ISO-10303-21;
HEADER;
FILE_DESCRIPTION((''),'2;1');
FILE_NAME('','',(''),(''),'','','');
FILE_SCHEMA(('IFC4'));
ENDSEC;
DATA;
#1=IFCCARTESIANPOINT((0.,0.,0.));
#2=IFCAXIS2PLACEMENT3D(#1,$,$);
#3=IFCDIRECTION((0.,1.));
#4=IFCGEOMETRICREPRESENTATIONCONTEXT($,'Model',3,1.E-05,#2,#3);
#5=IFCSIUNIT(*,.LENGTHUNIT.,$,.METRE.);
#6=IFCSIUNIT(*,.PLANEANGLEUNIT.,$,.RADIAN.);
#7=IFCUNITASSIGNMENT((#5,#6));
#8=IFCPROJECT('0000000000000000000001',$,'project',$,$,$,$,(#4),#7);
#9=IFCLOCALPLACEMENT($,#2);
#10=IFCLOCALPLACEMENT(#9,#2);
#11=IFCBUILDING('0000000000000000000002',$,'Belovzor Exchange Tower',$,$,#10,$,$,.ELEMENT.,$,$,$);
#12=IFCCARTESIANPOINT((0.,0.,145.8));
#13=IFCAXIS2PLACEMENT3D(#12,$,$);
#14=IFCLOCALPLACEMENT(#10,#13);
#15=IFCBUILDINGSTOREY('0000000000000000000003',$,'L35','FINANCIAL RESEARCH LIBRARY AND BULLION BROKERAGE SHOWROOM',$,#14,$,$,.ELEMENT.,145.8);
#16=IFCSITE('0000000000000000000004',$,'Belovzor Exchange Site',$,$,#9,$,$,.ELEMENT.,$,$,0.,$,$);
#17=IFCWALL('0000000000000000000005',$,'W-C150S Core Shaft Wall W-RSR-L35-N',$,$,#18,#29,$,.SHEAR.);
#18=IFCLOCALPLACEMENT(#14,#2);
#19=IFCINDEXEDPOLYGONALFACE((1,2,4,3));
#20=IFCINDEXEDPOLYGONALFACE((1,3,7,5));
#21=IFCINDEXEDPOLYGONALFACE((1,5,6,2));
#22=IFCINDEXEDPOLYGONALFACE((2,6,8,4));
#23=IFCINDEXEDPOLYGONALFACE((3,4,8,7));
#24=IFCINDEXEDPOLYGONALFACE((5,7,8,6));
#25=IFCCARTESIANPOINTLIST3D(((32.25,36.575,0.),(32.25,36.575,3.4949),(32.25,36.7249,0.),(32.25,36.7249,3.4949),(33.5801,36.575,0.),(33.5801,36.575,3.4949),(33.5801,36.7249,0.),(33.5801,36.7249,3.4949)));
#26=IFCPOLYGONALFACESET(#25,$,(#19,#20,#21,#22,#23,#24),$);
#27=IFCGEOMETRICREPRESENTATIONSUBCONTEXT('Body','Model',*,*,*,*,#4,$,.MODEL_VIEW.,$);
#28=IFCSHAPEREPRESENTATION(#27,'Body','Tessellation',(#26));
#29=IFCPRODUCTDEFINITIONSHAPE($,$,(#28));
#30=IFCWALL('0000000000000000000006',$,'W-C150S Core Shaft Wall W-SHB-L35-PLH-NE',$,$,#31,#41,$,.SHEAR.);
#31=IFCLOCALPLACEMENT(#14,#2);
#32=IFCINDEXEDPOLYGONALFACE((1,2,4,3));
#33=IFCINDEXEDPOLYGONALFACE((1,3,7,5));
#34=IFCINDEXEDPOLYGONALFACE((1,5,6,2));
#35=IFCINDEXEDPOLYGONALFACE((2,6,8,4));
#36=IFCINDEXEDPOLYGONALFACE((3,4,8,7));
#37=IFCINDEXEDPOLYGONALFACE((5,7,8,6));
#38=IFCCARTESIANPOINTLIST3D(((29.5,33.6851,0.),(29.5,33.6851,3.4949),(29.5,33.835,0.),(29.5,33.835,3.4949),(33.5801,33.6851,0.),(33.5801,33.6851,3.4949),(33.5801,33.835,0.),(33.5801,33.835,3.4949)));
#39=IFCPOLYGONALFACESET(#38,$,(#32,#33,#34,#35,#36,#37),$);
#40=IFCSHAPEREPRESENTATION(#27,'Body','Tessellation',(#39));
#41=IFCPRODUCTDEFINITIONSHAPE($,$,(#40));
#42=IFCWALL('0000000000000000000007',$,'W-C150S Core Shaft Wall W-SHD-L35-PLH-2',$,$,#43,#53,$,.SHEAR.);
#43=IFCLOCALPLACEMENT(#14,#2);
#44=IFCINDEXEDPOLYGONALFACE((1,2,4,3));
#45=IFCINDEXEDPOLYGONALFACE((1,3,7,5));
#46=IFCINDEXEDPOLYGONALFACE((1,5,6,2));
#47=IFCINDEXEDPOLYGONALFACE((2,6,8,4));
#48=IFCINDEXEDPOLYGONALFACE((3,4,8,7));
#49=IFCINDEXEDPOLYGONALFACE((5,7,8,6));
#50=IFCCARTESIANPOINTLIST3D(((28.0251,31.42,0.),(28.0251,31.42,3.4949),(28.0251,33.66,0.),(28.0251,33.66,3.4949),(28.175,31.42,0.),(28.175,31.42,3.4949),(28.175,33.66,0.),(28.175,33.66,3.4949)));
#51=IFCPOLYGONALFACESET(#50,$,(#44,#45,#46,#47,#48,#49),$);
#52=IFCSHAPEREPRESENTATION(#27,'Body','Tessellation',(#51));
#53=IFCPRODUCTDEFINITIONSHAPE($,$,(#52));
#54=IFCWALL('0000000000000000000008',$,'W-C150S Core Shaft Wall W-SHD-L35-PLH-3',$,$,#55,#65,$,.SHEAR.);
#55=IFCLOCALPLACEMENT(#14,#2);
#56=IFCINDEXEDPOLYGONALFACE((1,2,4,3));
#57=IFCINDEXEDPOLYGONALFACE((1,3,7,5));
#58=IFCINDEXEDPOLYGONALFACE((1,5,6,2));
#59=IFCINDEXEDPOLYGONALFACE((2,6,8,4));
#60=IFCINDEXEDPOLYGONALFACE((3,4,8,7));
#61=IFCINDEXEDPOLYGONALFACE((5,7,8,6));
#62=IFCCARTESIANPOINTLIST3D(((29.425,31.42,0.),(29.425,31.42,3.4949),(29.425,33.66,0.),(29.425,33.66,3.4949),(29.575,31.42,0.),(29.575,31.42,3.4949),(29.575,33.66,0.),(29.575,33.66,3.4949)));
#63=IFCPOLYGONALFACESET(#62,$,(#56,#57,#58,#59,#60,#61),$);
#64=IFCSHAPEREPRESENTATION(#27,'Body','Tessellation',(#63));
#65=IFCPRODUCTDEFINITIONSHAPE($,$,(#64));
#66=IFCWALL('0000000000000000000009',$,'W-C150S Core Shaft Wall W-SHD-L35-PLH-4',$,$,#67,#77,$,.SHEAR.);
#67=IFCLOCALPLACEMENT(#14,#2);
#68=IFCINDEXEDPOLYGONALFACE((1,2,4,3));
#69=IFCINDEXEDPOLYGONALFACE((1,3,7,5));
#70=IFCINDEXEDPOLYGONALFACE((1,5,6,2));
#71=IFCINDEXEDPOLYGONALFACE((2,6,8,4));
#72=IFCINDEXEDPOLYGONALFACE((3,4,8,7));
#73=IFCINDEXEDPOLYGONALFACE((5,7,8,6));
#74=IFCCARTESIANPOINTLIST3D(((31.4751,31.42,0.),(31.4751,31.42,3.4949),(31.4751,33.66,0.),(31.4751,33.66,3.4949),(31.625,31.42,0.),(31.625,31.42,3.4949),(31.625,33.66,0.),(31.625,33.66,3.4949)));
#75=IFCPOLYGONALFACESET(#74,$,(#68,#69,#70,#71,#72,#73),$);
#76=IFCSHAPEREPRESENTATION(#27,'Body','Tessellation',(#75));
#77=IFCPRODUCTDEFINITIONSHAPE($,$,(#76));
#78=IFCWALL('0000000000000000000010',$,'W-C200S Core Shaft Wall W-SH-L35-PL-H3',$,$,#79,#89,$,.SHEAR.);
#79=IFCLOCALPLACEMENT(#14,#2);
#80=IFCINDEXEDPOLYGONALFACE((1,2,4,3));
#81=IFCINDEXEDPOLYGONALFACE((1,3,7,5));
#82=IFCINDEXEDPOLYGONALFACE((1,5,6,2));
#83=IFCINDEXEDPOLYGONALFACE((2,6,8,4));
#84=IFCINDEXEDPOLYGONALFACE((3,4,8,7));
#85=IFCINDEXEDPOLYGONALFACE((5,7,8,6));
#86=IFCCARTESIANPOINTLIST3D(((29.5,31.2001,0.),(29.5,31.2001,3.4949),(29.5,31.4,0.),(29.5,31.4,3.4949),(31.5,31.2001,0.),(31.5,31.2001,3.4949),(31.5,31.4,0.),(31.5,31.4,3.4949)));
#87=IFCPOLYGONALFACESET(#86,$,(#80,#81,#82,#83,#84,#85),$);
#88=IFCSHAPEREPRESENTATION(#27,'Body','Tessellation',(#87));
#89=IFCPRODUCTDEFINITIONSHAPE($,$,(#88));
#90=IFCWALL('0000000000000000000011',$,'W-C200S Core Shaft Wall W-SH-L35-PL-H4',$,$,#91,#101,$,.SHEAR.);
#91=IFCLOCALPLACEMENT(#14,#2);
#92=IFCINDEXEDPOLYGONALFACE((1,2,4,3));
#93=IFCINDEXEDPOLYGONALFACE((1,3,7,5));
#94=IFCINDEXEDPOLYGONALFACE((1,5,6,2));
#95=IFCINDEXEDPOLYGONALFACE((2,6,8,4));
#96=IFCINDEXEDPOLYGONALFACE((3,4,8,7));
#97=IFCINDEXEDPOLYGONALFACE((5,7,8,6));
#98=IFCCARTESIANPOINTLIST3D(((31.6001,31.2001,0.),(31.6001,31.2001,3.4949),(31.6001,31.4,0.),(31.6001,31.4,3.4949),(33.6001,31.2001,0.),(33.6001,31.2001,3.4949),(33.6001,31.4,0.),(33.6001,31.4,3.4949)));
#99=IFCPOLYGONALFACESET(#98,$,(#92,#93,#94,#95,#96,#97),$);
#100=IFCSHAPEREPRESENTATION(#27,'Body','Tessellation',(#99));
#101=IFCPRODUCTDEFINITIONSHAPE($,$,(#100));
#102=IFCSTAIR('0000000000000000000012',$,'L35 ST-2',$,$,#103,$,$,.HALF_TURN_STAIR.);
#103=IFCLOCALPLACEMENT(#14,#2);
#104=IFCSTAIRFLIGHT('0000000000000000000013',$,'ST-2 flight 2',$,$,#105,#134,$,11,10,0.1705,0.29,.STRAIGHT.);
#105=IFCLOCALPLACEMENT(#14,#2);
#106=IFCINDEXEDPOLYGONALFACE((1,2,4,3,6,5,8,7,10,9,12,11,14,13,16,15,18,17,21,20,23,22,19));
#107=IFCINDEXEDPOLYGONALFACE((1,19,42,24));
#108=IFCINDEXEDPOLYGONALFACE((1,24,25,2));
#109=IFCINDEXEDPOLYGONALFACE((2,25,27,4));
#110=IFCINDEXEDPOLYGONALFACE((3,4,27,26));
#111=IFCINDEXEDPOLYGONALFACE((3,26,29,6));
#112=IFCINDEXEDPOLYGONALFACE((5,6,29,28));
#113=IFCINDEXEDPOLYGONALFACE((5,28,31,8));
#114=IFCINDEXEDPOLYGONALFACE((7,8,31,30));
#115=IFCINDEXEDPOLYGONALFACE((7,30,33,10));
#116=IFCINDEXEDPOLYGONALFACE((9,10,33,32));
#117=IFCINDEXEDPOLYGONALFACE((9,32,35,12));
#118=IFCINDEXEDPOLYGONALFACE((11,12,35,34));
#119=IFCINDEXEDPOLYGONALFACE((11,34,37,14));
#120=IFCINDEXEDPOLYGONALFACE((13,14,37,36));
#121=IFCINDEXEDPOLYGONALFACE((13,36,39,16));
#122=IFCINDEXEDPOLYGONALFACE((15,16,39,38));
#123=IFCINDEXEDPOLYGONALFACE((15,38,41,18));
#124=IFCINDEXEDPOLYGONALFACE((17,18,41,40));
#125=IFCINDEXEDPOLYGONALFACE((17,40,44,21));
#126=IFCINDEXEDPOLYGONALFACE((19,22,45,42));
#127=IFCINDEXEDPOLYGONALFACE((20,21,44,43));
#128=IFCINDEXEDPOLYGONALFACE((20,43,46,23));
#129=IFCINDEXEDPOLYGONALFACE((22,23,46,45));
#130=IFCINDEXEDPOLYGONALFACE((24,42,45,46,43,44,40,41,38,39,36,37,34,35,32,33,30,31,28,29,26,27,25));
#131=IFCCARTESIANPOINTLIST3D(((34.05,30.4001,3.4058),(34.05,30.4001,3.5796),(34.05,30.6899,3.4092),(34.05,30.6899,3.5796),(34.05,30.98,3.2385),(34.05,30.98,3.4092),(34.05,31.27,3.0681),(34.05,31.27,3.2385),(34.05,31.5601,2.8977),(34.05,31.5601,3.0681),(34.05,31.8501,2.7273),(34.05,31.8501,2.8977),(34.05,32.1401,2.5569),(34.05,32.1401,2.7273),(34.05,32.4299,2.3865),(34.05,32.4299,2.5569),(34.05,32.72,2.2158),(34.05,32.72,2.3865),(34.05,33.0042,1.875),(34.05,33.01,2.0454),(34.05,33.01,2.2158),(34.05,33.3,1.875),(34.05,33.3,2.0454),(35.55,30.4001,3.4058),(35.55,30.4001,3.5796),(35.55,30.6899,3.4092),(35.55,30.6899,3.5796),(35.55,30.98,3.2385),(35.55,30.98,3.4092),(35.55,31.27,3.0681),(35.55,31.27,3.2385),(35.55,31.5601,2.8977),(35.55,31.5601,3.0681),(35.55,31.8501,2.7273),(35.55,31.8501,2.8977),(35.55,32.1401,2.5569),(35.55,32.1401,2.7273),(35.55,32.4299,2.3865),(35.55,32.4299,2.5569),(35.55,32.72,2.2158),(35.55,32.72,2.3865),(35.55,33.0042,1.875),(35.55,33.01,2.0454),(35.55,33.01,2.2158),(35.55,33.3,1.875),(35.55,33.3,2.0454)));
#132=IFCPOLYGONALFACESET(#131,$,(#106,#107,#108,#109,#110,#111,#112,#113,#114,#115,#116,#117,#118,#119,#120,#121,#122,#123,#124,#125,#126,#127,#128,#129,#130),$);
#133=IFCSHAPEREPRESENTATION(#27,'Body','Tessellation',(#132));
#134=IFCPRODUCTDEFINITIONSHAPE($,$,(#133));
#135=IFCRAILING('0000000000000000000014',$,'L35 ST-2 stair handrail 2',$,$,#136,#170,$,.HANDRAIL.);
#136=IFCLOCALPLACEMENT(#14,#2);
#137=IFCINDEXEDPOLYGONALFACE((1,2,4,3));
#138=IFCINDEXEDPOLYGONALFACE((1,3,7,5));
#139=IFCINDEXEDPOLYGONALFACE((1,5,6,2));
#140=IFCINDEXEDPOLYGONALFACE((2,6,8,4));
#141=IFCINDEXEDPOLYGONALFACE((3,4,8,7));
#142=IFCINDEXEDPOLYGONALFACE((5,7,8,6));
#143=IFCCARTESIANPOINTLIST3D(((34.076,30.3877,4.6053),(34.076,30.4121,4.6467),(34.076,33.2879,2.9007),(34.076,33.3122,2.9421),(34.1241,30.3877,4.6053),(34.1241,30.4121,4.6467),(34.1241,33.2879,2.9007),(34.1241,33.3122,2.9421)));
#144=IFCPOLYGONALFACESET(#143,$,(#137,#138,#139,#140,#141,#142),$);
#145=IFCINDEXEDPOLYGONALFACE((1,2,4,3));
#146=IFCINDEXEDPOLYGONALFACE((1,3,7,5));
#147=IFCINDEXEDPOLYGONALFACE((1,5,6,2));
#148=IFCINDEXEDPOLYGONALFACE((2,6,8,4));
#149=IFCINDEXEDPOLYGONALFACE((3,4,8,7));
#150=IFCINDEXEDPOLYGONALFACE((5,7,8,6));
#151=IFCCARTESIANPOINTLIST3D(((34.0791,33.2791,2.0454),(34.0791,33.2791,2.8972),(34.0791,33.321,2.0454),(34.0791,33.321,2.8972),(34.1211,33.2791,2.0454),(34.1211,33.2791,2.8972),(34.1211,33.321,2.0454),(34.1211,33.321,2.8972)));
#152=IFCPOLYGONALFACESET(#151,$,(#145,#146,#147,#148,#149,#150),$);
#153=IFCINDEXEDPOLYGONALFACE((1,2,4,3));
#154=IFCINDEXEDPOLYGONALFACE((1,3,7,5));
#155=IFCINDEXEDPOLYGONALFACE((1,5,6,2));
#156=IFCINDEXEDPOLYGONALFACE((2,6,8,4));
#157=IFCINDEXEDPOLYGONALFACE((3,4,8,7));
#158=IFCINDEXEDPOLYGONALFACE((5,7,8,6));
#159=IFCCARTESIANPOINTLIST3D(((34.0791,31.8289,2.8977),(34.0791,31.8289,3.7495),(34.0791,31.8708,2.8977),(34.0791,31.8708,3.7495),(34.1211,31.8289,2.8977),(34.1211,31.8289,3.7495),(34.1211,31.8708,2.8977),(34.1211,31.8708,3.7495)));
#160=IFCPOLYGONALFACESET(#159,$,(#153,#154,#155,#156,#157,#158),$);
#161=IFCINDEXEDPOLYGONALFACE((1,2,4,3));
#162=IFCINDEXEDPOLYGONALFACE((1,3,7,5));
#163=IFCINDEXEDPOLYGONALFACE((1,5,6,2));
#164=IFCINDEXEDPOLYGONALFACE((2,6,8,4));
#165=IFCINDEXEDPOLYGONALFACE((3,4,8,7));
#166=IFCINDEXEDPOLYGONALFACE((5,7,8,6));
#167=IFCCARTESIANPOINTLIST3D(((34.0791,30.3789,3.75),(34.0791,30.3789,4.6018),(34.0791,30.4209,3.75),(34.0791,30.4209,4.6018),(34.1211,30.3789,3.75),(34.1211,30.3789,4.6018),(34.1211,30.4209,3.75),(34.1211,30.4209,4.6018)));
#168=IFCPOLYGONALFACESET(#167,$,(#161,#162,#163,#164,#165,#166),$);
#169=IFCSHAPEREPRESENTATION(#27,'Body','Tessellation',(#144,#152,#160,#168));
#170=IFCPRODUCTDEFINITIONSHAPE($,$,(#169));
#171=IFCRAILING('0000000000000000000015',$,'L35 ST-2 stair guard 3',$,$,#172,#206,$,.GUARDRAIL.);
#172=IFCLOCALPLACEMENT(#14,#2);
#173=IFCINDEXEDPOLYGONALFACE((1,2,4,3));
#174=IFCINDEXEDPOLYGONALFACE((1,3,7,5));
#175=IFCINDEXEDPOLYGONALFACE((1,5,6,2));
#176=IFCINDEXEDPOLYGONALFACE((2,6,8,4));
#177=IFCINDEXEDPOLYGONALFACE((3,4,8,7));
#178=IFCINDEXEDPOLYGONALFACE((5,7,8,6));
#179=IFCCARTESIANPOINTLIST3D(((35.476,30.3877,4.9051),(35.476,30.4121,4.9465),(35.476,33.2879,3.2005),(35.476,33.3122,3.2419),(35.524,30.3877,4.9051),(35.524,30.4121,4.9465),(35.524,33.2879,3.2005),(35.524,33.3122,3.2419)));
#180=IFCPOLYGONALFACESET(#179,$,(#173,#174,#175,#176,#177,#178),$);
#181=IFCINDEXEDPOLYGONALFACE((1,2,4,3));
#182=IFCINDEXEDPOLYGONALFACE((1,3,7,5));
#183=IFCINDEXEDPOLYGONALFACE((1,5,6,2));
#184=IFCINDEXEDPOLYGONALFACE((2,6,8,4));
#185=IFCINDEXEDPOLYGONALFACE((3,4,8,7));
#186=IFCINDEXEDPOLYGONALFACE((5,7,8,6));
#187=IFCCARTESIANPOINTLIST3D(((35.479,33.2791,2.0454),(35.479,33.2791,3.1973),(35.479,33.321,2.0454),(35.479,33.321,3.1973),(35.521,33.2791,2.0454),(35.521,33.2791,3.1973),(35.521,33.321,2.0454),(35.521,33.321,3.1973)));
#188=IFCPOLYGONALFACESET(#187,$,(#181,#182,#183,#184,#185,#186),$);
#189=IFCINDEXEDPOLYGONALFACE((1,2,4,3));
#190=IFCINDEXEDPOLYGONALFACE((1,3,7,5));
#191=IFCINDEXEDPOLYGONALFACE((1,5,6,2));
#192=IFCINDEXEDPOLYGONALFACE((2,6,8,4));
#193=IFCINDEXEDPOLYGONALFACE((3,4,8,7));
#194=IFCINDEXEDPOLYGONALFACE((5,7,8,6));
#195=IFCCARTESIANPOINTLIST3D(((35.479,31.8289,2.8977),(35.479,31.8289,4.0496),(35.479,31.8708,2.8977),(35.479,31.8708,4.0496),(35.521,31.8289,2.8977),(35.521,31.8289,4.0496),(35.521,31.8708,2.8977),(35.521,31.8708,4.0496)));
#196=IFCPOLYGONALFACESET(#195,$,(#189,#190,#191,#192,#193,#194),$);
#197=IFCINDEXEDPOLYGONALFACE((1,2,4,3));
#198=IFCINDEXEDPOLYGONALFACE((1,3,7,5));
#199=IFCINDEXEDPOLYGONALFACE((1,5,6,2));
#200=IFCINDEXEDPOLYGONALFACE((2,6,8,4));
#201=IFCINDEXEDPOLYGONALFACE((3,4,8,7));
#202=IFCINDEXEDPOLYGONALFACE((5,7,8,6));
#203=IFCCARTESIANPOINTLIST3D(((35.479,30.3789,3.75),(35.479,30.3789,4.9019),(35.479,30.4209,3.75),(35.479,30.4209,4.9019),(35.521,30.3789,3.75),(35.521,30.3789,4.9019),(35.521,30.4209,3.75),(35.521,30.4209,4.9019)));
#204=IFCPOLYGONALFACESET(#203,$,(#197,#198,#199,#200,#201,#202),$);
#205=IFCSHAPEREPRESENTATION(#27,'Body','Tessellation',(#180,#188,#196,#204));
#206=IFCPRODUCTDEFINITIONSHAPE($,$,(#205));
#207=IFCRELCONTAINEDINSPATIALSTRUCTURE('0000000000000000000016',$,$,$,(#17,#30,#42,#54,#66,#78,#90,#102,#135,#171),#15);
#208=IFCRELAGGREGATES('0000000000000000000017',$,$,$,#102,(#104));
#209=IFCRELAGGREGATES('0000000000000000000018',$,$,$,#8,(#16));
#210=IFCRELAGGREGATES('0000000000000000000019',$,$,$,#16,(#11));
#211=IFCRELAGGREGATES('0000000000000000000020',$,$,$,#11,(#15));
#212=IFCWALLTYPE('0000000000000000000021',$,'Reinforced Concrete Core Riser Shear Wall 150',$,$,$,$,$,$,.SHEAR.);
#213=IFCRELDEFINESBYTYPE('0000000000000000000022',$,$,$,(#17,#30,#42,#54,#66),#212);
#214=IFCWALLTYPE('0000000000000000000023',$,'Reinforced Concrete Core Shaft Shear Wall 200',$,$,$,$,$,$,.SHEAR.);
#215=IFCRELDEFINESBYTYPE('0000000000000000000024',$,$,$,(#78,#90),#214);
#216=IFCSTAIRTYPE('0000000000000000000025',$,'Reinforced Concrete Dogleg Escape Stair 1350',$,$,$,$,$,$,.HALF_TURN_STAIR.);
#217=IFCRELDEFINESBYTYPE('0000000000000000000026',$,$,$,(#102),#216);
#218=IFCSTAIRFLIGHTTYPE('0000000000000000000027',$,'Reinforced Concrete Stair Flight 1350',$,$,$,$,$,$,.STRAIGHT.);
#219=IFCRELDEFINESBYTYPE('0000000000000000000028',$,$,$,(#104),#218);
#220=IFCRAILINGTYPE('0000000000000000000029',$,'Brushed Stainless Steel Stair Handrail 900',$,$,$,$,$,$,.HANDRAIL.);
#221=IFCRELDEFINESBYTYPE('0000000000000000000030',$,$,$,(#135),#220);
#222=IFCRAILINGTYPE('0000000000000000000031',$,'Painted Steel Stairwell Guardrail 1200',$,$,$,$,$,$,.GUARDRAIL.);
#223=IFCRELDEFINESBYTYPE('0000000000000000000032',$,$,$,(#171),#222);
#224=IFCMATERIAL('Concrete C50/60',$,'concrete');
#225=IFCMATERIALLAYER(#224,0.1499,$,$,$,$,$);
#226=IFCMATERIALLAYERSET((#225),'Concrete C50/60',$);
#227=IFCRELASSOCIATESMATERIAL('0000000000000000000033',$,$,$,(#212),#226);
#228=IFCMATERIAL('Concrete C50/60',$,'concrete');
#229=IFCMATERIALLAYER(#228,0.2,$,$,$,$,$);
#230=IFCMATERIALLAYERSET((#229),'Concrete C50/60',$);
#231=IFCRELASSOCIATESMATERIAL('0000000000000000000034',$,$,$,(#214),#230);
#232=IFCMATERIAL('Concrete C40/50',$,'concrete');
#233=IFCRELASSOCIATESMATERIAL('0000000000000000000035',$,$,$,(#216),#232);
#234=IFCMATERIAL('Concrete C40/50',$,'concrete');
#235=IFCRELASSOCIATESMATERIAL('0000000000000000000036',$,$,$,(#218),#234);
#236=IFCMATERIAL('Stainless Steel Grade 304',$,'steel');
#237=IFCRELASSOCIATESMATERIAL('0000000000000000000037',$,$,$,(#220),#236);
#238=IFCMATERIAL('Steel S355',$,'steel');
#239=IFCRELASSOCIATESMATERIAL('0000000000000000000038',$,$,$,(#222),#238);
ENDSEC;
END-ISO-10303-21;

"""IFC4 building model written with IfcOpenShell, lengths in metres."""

from ifc_helpers import new_model, si_unit, direction, frame, frame_2d, origin, origin_2d, place, context, subcontext, project, spatial, polyline, rectangle, outline, extrude, material, layer, layer_set, type_object, element, aggregate, save


model = new_model("IFC4")

# Units and contexts
model_context = context("Model", 3, precision=1e-05, world=origin(), true_north=direction((0.0, 1.0)))
body_context = subcontext(model_context, "Body", "Model", "MODEL_VIEW")
ifc_project = project(units=[si_unit("LENGTHUNIT", "METRE"), si_unit("PLANEANGLEUNIT", "RADIAN")], contexts=[model_context])

# Site, building, storey
site_placement = place(None, origin())
site = spatial("IfcSite", under=ifc_project, at=site_placement, Name="Belovzor Exchange Site", CompositionType="ELEMENT", RefElevation=0.0)
building_placement = place(site_placement, origin())
building = spatial("IfcBuilding", under=site, at=building_placement, Name="Belovzor Exchange Tower", CompositionType="ELEMENT")
storey_placement = place(building_placement, frame((0.0, 0.0, 145.8)))
storey = spatial("IfcBuildingStorey", under=building, at=storey_placement, Name="L35", Description="FINANCIAL RESEARCH LIBRARY AND BULLION BROKERAGE SHOWROOM", CompositionType="ELEMENT", Elevation=145.8)

# Walls
ifc_material_1 = material(Name="Concrete C50/60", Category="concrete")
ifc_layer_1 = layer(ifc_material_1, 0.1499)
ifc_layer_set_1 = layer_set([ifc_layer_1], Name="Concrete C50/60")
wall_type_1 = type_object("IfcWallType", Name="Reinforced Concrete Core Riser Shear Wall 150", PredefinedType="SHEAR", material=ifc_layer_set_1)
for number, where, z_axis, x_axis, name in (
    (1, (32.25, 36.6499, 0.0), (0.0, 0.0, 1.0), (1.0, 0.0, 0.0), "W-C150S Core Shaft Wall W-RSR-L35-N"),
):
    element("IfcWall", number, at=place(storey_placement, frame(where, z_axis=z_axis, x_axis=x_axis)), inside=storey, type_object=wall_type_1, Name=name, PredefinedType="SHEAR", context=body_context, shape_type="SweptSolid", body=[
        extrude(rectangle(XDim=1.3301, YDim=0.1499, at=frame_2d((0.665, 0.0))), origin(), (0.0, 0.0, 1.0), 3.4949),
    ])
wall_1_placement = place(storey_placement, frame((29.5, 33.76, 0.0), z_axis=(0.0, 0.0, 1.0), x_axis=(1.0, 0.0, 0.0)))
element("IfcWall", 2, at=wall_1_placement, inside=storey, type_object=wall_type_1, Name="W-C150S Core Shaft Wall W-SHB-L35-PLH-NE", PredefinedType="SHEAR", context=body_context, shape_type="SweptSolid", body=[
    extrude(rectangle(XDim=4.0801, YDim=0.1499, at=frame_2d((2.04, 0.0))), origin(), (0.0, 0.0, 1.0), 3.4949),
])
for number, where, z_axis, x_axis, name in (
    (3, (28.1001, 31.4199, 0.0), (0.0, 0.0, 1.0), (0.0, 1.0, 0.0), "W-C150S Core Shaft Wall W-SHD-L35-PLH-2"),
    (4, (29.5, 31.4199, 0.0), (0.0, 0.0, 1.0), (0.0, 1.0, 0.0), "W-C150S Core Shaft Wall W-SHD-L35-PLH-3"),
    (5, (31.55, 31.4199, 0.0), (0.0, 0.0, 1.0), (0.0, 1.0, 0.0), "W-C150S Core Shaft Wall W-SHD-L35-PLH-4"),
):
    element("IfcWall", number, at=place(storey_placement, frame(where, z_axis=z_axis, x_axis=x_axis)), inside=storey, type_object=wall_type_1, Name=name, PredefinedType="SHEAR", context=body_context, shape_type="SweptSolid", body=[
        extrude(rectangle(XDim=2.24, YDim=0.1499, at=frame_2d((1.1201, 0.0))), origin(), (0.0, 0.0, 1.0), 3.4949),
    ])
ifc_material_2 = material(Name="Concrete C50/60", Category="concrete")
ifc_layer_2 = layer(ifc_material_2, 0.2)
ifc_layer_set_2 = layer_set([ifc_layer_2], Name="Concrete C50/60")
wall_type_2 = type_object("IfcWallType", Name="Reinforced Concrete Core Shaft Shear Wall 200", PredefinedType="SHEAR", material=ifc_layer_set_2)
for number, where, z_axis, x_axis, name in (
    (6, (29.5, 31.3, 0.0), (0.0, 0.0, 1.0), (1.0, 0.0, 0.0), "W-C200S Core Shaft Wall W-SH-L35-PL-H3"),
    (7, (31.6001, 31.3, 0.0), (0.0, 0.0, 1.0), (1.0, 0.0, 0.0), "W-C200S Core Shaft Wall W-SH-L35-PL-H4"),
):
    element("IfcWall", number, at=place(storey_placement, frame(where, z_axis=z_axis, x_axis=x_axis)), inside=storey, type_object=wall_type_2, Name=name, PredefinedType="SHEAR", context=body_context, shape_type="SweptSolid", body=[
        extrude(rectangle(XDim=2.0, YDim=0.2, at=frame_2d((1.0, 0.0))), origin(), (0.0, 0.0, 1.0), 3.4949),
    ])

# Stair, stair flight
ifc_material_3 = material(Name="Concrete C40/50", Category="concrete")
stair_type = type_object("IfcStairType", Name="Reinforced Concrete Dogleg Escape Stair 1350", PredefinedType="HALF_TURN_STAIR", material=ifc_material_3)
stair_placement = place(storey_placement, origin())
stair = element("IfcStair", 8, at=stair_placement, inside=storey, type_object=stair_type, Name="L35 ST-2", PredefinedType="HALF_TURN_STAIR")
ifc_material_4 = material(Name="Concrete C40/50", Category="concrete")
stair_flight_type = type_object("IfcStairFlightType", Name="Reinforced Concrete Stair Flight 1350", PredefinedType="STRAIGHT", material=ifc_material_4)
stair_flight_placement = place(storey_placement, frame((34.8, 33.3, 1.875), z_axis=(0.0, 0.0, 1.0), x_axis=(0.0, -1.0, 0.0)))
stair_flight = element("IfcStairFlight", 9, at=stair_flight_placement, type_object=stair_flight_type, Name="ST-2 flight 2", NumberOfRisers=11, NumberOfTreads=10, PredefinedType="STRAIGHT", RiserHeight=0.1705, TreadLength=0.29, context=body_context, shape_type="SweptSolid", body=[
    extrude(outline(polyline([(0.0, 0.0), (0.0, 0.1704), (0.29, 0.1704), (0.29, 0.3408), (0.5801, 0.3408), (0.5801, 0.5115), (0.8701, 0.5115), (0.8701, 0.6819), (1.1599, 0.6819), (1.1599, 0.8523), (1.45, 0.8523), (1.45, 1.0227), (1.74, 1.0227), (1.74, 1.1931), (2.03, 1.1931), (2.03, 1.3635), (2.3201, 1.3635), (2.3201, 1.5342), (2.6101, 1.5342), (2.6101, 1.7046), (2.8999, 1.7046), (2.8999, 1.875), (2.8999, 1.5308), (0.2959, 0.0), (0.0, 0.0)])), frame((0.0, 0.75, 0.0), z_axis=(0.0, -1.0, 0.0), x_axis=(1.0, 0.0, 0.0)), (0.0, 0.0, 1.0), 1.5),
])
aggregate(stair, [stair_flight])

# Railings
ifc_material_5 = material(Name="Stainless Steel Grade 304", Category="steel")
railing_type_1 = type_object("IfcRailingType", Name="Brushed Stainless Steel Stair Handrail 900", PredefinedType="HANDRAIL", material=ifc_material_5)
railing_1_placement = place(storey_placement, frame((34.1001, 33.3, 2.0454)))
element("IfcRailing", 10, at=railing_1_placement, inside=storey, type_object=railing_type_1, Name="L35 ST-2 stair handrail 2", PredefinedType="HANDRAIL", context=body_context, shape_type="SweptSolid", body=[
    extrude(rectangle(XDim=0.0481, YDim=0.0481, at=origin_2d()), frame((0.0, 0.0, 0.876), z_axis=(0.0, -0.862113, 0.506716), x_axis=(1.0, 0.0, 0.0)), (0.0, 0.0, 1.0), 3.364),
    extrude(rectangle(XDim=0.042, YDim=0.042, at=origin_2d()), origin(), (0.0, 0.0, 1.0), 0.8518),
    extrude(rectangle(XDim=0.042, YDim=0.042, at=origin_2d()), frame((0.0, -1.4502, 0.8523)), (0.0, 0.0, 1.0), 0.8518),
    extrude(rectangle(XDim=0.042, YDim=0.042, at=origin_2d()), frame((0.0, -2.9001, 1.7046)), (0.0, 0.0, 1.0), 0.8518),
])
ifc_material_6 = material(Name="Steel S355", Category="steel")
railing_type_2 = type_object("IfcRailingType", Name="Painted Steel Stairwell Guardrail 1200", PredefinedType="GUARDRAIL", material=ifc_material_6)
railing_2_placement = place(storey_placement, frame((35.5, 33.3, 2.0454)))
element("IfcRailing", 11, at=railing_2_placement, inside=storey, type_object=railing_type_2, Name="L35 ST-2 stair guard 3", PredefinedType="GUARDRAIL", context=body_context, shape_type="SweptSolid", body=[
    extrude(rectangle(XDim=0.0481, YDim=0.0481, at=origin_2d()), frame((0.0, 0.0, 1.1758), z_axis=(0.0, -0.862113, 0.506716), x_axis=(1.0, 0.0, 0.0)), (0.0, 0.0, 1.0), 3.364),
    extrude(rectangle(XDim=0.042, YDim=0.042, at=origin_2d()), origin(), (0.0, 0.0, 1.0), 1.1519),
    extrude(rectangle(XDim=0.042, YDim=0.042, at=origin_2d()), frame((0.0, -1.4502, 0.8523)), (0.0, 0.0, 1.0), 1.1519),
    extrude(rectangle(XDim=0.042, YDim=0.042, at=origin_2d()), frame((0.0, -2.9001, 1.7046)), (0.0, 0.0, 1.0), 1.1519),
])

save(model, "model.ifc")
